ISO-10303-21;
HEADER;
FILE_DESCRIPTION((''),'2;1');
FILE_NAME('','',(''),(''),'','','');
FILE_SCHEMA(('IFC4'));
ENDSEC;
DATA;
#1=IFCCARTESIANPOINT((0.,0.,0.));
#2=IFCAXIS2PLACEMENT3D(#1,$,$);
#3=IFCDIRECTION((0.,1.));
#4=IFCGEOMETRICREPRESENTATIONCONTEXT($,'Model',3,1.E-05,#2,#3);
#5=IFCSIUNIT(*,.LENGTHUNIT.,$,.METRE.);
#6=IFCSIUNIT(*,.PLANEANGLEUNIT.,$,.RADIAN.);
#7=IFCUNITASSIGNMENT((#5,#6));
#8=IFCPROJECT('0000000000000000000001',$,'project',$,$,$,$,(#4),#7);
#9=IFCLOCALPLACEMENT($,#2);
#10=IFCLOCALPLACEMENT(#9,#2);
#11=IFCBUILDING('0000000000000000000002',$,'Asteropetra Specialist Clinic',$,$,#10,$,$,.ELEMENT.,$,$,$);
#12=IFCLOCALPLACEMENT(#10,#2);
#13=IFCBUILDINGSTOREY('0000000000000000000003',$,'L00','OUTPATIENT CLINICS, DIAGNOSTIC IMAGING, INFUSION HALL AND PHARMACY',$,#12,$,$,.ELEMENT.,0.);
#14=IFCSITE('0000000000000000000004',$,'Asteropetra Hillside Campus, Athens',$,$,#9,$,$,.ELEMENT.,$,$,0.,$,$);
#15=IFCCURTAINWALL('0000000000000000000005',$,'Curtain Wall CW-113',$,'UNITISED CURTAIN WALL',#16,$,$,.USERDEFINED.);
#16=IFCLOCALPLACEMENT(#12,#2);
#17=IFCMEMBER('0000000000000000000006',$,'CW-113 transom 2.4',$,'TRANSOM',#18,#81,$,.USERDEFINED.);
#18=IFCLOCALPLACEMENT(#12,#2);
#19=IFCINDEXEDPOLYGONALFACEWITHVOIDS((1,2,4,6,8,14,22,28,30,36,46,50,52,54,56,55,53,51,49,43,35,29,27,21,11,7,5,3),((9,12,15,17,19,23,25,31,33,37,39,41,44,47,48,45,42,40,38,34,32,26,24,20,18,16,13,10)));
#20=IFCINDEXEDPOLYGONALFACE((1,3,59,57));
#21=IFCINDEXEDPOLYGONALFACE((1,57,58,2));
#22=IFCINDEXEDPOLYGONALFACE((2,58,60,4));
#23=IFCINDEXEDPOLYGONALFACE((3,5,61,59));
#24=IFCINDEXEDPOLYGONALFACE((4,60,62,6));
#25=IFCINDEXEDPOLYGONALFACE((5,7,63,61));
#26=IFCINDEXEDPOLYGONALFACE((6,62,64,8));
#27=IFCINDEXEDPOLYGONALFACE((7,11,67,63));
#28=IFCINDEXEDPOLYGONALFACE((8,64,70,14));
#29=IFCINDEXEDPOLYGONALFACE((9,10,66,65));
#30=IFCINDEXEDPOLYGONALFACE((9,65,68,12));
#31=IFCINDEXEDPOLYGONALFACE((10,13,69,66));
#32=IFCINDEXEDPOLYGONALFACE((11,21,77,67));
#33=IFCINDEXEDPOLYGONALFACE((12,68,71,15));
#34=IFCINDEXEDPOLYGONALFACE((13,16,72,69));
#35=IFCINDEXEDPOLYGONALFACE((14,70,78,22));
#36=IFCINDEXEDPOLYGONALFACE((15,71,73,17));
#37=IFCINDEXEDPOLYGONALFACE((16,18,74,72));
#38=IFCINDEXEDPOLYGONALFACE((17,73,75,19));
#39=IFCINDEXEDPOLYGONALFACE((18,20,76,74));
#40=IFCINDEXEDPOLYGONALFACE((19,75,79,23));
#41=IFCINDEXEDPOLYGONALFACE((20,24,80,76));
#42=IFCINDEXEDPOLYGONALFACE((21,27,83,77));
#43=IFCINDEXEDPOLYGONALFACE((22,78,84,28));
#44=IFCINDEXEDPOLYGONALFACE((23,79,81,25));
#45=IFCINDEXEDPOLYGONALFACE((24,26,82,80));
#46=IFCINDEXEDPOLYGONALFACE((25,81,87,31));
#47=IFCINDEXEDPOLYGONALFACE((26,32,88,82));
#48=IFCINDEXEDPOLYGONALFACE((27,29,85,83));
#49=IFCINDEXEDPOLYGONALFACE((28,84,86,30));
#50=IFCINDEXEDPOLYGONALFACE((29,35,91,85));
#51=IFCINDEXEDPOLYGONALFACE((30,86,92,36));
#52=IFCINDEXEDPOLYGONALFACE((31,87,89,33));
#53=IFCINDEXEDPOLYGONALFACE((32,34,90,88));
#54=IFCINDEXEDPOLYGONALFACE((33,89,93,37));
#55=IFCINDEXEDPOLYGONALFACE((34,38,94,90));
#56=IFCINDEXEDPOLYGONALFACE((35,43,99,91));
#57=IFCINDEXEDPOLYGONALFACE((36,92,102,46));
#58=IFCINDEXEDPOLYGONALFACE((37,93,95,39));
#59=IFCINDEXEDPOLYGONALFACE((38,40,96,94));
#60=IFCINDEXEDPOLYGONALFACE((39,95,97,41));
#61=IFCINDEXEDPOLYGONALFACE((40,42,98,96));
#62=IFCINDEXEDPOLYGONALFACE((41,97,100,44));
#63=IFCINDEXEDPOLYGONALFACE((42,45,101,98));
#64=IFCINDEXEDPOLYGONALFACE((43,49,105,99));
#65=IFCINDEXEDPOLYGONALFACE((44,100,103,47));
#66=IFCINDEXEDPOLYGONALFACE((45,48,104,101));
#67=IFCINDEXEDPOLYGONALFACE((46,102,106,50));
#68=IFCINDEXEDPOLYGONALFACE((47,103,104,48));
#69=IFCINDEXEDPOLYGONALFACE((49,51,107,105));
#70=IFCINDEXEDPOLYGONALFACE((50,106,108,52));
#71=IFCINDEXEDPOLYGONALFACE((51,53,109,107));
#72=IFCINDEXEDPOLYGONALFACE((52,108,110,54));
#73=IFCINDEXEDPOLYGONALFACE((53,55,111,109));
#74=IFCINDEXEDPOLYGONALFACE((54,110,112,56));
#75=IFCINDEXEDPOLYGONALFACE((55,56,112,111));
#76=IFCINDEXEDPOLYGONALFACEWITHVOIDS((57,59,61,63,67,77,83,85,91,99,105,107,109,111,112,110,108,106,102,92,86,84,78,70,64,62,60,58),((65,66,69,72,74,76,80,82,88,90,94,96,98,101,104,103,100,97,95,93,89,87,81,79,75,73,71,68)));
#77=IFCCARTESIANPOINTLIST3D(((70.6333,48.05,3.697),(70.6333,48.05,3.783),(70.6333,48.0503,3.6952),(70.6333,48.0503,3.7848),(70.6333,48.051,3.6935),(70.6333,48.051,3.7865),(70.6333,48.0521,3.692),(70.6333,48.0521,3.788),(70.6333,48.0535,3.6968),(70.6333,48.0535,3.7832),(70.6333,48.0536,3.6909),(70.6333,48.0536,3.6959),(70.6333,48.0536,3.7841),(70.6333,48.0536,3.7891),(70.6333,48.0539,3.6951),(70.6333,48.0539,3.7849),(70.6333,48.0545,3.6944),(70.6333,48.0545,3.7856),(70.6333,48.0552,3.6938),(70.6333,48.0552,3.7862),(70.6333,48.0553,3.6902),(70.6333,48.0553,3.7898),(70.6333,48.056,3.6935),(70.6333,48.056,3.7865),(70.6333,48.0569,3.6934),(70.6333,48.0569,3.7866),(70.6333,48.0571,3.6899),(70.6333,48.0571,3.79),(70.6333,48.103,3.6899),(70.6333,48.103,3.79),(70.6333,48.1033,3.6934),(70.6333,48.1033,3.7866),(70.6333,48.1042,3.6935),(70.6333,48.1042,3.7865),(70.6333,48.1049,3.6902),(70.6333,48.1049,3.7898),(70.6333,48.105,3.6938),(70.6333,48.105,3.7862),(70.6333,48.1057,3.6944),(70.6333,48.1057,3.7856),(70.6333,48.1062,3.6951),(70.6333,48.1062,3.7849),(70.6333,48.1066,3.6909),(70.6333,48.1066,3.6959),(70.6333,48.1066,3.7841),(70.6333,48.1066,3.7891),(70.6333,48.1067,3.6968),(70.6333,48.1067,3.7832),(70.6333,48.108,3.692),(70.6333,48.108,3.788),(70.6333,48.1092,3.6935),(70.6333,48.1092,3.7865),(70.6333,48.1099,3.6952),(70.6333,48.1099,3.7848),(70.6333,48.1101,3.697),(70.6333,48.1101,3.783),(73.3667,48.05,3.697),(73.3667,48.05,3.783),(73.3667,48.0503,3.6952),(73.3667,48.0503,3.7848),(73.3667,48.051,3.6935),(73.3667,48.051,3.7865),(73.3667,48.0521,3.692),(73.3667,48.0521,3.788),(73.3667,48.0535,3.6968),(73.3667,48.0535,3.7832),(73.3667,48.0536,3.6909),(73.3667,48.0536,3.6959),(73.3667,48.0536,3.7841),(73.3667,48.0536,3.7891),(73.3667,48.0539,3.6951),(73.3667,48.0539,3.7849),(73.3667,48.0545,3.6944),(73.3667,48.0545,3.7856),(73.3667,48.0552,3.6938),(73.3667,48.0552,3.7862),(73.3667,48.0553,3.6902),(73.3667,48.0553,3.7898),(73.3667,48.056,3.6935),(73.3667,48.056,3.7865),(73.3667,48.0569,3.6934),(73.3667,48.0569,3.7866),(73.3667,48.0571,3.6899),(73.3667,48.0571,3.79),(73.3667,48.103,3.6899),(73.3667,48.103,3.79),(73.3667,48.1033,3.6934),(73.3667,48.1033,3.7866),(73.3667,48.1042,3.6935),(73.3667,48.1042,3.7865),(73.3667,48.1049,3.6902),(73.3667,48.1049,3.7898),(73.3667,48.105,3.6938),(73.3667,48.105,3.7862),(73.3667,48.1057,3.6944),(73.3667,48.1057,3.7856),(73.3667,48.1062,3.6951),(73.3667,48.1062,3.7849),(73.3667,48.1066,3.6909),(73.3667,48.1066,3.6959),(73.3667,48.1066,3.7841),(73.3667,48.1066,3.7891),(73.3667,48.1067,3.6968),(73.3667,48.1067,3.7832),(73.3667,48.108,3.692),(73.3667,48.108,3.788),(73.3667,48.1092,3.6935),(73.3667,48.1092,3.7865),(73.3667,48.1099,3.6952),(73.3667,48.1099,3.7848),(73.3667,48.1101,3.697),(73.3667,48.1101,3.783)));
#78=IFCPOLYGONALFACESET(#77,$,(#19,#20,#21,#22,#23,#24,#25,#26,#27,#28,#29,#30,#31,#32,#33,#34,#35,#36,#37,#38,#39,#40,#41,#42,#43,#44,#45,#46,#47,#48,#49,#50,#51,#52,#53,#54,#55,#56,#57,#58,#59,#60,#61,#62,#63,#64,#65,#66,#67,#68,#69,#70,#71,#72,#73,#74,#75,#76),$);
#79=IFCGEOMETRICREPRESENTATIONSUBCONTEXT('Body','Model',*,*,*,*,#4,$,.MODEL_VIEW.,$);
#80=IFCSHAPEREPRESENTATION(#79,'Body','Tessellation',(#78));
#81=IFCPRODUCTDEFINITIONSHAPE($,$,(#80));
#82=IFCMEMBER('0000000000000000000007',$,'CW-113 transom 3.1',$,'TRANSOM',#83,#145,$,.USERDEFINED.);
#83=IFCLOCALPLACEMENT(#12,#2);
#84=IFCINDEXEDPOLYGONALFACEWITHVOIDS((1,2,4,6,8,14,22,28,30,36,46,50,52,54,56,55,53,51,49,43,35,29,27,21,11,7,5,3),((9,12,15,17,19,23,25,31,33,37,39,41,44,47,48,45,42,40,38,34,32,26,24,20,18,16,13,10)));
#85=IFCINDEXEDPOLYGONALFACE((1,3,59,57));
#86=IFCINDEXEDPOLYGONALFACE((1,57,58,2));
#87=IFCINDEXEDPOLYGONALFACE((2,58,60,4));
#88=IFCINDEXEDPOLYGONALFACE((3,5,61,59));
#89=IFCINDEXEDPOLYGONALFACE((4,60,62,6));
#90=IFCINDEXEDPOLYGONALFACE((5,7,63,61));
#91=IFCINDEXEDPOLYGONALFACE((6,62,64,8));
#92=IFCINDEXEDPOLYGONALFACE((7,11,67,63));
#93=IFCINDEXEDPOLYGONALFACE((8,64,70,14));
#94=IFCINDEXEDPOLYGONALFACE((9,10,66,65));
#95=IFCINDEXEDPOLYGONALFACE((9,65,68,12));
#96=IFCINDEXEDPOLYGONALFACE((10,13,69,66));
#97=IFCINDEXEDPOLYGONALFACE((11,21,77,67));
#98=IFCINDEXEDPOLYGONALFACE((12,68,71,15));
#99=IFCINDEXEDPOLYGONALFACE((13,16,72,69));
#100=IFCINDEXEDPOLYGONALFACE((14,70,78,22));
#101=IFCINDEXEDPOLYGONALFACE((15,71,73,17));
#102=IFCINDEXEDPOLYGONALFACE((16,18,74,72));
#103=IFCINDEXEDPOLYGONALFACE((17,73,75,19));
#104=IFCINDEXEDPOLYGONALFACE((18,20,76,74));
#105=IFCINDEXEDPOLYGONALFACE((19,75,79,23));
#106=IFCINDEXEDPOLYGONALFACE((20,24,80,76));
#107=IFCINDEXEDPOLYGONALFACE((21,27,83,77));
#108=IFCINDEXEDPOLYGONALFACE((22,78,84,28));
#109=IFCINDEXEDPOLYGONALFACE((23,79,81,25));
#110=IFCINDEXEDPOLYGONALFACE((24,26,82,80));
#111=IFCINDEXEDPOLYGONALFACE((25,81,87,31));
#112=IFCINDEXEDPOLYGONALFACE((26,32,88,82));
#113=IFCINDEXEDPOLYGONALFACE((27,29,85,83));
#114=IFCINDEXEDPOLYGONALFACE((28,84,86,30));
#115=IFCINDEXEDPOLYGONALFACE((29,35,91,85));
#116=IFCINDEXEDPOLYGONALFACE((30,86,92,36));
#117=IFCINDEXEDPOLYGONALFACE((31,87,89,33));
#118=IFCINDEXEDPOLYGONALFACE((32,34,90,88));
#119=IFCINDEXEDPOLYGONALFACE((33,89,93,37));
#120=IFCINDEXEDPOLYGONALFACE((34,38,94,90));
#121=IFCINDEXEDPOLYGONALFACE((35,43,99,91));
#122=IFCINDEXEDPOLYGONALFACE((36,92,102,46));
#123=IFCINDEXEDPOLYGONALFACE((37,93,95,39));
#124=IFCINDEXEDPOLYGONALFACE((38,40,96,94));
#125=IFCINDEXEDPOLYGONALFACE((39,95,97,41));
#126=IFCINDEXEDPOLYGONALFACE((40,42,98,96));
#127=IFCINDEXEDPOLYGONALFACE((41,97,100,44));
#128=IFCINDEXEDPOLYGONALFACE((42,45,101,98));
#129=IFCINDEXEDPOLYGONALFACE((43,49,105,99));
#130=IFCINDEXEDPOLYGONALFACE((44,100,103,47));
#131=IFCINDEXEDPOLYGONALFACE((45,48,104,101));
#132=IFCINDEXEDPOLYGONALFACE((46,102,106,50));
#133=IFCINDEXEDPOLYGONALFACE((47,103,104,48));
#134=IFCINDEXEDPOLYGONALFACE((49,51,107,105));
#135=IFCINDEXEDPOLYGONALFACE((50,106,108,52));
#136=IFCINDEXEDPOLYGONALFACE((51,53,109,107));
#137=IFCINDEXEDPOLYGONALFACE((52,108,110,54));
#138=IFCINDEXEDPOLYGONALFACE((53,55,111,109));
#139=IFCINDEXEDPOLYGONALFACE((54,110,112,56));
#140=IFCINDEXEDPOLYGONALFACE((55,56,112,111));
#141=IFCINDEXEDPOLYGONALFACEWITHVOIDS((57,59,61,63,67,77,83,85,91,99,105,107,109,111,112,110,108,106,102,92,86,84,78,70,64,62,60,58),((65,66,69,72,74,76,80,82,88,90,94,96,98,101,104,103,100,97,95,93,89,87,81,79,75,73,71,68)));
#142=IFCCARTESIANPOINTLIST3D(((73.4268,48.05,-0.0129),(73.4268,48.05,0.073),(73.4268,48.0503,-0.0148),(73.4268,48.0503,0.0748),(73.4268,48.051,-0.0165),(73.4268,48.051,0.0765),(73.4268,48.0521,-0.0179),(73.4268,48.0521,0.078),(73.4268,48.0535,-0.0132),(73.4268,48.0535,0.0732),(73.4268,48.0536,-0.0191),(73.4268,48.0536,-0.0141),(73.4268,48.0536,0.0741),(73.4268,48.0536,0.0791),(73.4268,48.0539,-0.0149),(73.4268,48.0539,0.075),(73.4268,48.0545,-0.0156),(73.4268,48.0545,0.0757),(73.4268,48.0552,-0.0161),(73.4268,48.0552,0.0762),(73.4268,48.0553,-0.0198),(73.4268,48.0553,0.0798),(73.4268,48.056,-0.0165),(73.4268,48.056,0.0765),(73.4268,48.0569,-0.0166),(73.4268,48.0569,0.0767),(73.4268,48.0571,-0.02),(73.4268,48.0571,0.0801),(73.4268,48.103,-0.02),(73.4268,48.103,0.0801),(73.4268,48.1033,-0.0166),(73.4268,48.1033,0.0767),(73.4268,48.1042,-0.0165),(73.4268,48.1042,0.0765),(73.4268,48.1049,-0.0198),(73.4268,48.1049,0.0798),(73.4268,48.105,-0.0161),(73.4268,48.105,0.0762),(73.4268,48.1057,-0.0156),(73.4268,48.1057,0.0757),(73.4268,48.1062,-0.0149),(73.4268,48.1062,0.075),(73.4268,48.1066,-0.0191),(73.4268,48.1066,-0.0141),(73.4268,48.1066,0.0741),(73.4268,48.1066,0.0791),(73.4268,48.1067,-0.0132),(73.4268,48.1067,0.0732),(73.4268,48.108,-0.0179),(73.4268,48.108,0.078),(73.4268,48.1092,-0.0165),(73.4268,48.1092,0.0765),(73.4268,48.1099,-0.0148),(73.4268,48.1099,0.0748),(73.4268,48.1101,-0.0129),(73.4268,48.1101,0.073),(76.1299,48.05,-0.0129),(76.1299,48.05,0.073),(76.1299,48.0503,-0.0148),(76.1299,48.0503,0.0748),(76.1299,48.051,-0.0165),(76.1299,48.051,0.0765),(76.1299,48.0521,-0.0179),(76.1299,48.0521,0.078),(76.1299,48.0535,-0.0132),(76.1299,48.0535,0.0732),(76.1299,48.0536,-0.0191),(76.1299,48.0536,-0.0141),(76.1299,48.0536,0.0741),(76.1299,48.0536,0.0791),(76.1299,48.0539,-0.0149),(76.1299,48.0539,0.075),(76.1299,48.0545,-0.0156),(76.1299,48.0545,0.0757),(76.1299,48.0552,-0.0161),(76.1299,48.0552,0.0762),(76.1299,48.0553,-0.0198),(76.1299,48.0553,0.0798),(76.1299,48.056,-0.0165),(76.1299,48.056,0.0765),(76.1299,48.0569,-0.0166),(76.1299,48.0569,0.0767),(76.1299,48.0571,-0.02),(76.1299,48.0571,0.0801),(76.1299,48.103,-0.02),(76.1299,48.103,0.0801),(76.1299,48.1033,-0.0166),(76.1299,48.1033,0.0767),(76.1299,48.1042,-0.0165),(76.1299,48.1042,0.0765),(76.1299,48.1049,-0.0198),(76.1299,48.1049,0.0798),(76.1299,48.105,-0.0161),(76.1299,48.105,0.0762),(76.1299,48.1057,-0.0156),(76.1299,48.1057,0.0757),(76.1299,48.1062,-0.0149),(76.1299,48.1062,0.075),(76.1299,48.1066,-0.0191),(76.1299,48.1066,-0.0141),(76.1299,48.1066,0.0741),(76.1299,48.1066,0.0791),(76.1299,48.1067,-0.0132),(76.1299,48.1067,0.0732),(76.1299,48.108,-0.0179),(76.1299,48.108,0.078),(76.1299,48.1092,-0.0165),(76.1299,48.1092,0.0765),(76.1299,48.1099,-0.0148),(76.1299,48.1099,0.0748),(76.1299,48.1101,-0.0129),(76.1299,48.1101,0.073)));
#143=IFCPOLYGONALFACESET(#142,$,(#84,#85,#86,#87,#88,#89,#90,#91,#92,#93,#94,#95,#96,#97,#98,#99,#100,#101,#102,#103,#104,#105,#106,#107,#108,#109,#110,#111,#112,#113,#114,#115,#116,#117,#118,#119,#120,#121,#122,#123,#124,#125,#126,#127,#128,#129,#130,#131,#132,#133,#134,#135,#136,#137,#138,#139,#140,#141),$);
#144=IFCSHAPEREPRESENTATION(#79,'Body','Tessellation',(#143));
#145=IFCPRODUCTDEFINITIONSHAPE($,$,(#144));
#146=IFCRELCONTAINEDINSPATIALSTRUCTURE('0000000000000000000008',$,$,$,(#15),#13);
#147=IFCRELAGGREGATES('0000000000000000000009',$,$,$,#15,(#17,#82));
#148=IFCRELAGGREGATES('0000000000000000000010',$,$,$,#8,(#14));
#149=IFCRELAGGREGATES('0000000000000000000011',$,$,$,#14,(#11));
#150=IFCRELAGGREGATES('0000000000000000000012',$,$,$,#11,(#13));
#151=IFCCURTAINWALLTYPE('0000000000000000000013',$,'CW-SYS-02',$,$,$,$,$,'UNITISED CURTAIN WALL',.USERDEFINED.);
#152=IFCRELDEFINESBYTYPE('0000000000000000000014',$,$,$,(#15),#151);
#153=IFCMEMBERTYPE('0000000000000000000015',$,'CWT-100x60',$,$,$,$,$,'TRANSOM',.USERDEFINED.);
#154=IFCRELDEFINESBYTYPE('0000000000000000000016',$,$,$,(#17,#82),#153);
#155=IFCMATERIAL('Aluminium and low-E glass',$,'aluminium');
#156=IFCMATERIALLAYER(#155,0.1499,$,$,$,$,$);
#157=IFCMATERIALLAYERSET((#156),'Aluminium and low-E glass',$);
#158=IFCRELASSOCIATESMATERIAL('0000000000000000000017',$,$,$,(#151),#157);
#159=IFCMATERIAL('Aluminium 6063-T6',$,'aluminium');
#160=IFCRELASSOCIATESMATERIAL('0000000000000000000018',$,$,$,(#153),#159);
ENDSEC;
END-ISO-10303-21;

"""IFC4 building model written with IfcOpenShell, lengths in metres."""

from ifc_helpers import new_model, si_unit, direction, frame, origin, origin_2d, place, context, subcontext, project, spatial, hollow_rectangle, extrude, material, layer, layer_set, material_profile, profile_set, type_object, element, aggregate, save


model = new_model("IFC4")

# Units and contexts
model_context = context("Model", 3, precision=1e-05, world=origin(), true_north=direction((0.0, 1.0)))
body_context = subcontext(model_context, "Body", "Model", "MODEL_VIEW")
ifc_project = project(units=[si_unit("LENGTHUNIT", "METRE"), si_unit("PLANEANGLEUNIT", "RADIAN")], contexts=[model_context])

# Site, building, storey
site_placement = place(None, origin())
site = spatial("IfcSite", under=ifc_project, at=site_placement, Name="Asteropetra Hillside Campus, Athens", CompositionType="ELEMENT", RefElevation=0.0)
building_placement = place(site_placement, origin())
building = spatial("IfcBuilding", under=site, at=building_placement, Name="Asteropetra Specialist Clinic", CompositionType="ELEMENT")
storey_placement = place(building_placement, origin())
storey = spatial("IfcBuildingStorey", under=building, at=storey_placement, Name="L00", Description="OUTPATIENT CLINICS, DIAGNOSTIC IMAGING, INFUSION HALL AND PHARMACY", CompositionType="ELEMENT", Elevation=0.0)

# Curtain wall, members
ifc_material_1 = material(Name="Aluminium and low-E glass", Category="aluminium")
ifc_layer_1 = layer(ifc_material_1, 0.1499)
ifc_layer_set_1 = layer_set([ifc_layer_1], Name="Aluminium and low-E glass")
curtain_wall_type = type_object("IfcCurtainWallType", Name="CW-SYS-02", ElementType="UNITISED CURTAIN WALL", PredefinedType="USERDEFINED", material=ifc_layer_set_1)
curtain_wall_placement = place(storey_placement, origin())
curtain_wall = element("IfcCurtainWall", 1, at=curtain_wall_placement, inside=storey, type_object=curtain_wall_type, Name="Curtain Wall CW-113", ObjectType="UNITISED CURTAIN WALL", PredefinedType="USERDEFINED")
ifc_material_2 = material(Name="Aluminium 6063-T6", Category="aluminium")
ifc_material_profile_1 = material_profile(ifc_material_2, hollow_rectangle(XDim=0.0601, YDim=0.1001, WallThickness=0.0034, InnerFilletRadius=0.0034, OuterFilletRadius=0.0071, at=origin_2d()), Name="TRN 100x60x3.5")
ifc_profile_set_1 = profile_set([ifc_material_profile_1], Name="Aluminium 6063-T6")
member_type_1 = type_object("IfcMemberType", Name="CWT-100x60", ElementType="TRANSOM", PredefinedType="USERDEFINED", material=ifc_profile_set_1)
member_1_placement = place(storey_placement, frame((70.6333, 48.0801, 3.74), z_axis=(1.0, 0.0, 0.0), x_axis=(0.0, 1.0, 0.0)))
member_1 = element("IfcMember", 2, at=member_1_placement, type_object=member_type_1, Name="CW-113 transom 2.4", ObjectType="TRANSOM", PredefinedType="USERDEFINED", context=body_context, shape_type="SweptSolid", body=[
    extrude(hollow_rectangle(XDim=0.0601, YDim=0.1001, WallThickness=0.0034, InnerFilletRadius=0.0034, OuterFilletRadius=0.0071, at=origin_2d()), origin(), (0.0, 0.0, 1.0), 2.7334),
])
member_2_placement = place(storey_placement, frame((73.4268, 48.0801, 0.03), z_axis=(1.0, 0.0, 0.0), x_axis=(0.0, 1.0, 0.0)))
member_2 = element("IfcMember", 3, at=member_2_placement, type_object=member_type_1, Name="CW-113 transom 3.1", ObjectType="TRANSOM", PredefinedType="USERDEFINED", context=body_context, shape_type="SweptSolid", body=[
    extrude(hollow_rectangle(XDim=0.0601, YDim=0.1001, WallThickness=0.0034, InnerFilletRadius=0.0034, OuterFilletRadius=0.0071, at=origin_2d()), origin(), (0.0, 0.0, 1.0), 2.7031),
])

aggregate(curtain_wall, [member_1, member_2])

save(model, "model.ifc")
